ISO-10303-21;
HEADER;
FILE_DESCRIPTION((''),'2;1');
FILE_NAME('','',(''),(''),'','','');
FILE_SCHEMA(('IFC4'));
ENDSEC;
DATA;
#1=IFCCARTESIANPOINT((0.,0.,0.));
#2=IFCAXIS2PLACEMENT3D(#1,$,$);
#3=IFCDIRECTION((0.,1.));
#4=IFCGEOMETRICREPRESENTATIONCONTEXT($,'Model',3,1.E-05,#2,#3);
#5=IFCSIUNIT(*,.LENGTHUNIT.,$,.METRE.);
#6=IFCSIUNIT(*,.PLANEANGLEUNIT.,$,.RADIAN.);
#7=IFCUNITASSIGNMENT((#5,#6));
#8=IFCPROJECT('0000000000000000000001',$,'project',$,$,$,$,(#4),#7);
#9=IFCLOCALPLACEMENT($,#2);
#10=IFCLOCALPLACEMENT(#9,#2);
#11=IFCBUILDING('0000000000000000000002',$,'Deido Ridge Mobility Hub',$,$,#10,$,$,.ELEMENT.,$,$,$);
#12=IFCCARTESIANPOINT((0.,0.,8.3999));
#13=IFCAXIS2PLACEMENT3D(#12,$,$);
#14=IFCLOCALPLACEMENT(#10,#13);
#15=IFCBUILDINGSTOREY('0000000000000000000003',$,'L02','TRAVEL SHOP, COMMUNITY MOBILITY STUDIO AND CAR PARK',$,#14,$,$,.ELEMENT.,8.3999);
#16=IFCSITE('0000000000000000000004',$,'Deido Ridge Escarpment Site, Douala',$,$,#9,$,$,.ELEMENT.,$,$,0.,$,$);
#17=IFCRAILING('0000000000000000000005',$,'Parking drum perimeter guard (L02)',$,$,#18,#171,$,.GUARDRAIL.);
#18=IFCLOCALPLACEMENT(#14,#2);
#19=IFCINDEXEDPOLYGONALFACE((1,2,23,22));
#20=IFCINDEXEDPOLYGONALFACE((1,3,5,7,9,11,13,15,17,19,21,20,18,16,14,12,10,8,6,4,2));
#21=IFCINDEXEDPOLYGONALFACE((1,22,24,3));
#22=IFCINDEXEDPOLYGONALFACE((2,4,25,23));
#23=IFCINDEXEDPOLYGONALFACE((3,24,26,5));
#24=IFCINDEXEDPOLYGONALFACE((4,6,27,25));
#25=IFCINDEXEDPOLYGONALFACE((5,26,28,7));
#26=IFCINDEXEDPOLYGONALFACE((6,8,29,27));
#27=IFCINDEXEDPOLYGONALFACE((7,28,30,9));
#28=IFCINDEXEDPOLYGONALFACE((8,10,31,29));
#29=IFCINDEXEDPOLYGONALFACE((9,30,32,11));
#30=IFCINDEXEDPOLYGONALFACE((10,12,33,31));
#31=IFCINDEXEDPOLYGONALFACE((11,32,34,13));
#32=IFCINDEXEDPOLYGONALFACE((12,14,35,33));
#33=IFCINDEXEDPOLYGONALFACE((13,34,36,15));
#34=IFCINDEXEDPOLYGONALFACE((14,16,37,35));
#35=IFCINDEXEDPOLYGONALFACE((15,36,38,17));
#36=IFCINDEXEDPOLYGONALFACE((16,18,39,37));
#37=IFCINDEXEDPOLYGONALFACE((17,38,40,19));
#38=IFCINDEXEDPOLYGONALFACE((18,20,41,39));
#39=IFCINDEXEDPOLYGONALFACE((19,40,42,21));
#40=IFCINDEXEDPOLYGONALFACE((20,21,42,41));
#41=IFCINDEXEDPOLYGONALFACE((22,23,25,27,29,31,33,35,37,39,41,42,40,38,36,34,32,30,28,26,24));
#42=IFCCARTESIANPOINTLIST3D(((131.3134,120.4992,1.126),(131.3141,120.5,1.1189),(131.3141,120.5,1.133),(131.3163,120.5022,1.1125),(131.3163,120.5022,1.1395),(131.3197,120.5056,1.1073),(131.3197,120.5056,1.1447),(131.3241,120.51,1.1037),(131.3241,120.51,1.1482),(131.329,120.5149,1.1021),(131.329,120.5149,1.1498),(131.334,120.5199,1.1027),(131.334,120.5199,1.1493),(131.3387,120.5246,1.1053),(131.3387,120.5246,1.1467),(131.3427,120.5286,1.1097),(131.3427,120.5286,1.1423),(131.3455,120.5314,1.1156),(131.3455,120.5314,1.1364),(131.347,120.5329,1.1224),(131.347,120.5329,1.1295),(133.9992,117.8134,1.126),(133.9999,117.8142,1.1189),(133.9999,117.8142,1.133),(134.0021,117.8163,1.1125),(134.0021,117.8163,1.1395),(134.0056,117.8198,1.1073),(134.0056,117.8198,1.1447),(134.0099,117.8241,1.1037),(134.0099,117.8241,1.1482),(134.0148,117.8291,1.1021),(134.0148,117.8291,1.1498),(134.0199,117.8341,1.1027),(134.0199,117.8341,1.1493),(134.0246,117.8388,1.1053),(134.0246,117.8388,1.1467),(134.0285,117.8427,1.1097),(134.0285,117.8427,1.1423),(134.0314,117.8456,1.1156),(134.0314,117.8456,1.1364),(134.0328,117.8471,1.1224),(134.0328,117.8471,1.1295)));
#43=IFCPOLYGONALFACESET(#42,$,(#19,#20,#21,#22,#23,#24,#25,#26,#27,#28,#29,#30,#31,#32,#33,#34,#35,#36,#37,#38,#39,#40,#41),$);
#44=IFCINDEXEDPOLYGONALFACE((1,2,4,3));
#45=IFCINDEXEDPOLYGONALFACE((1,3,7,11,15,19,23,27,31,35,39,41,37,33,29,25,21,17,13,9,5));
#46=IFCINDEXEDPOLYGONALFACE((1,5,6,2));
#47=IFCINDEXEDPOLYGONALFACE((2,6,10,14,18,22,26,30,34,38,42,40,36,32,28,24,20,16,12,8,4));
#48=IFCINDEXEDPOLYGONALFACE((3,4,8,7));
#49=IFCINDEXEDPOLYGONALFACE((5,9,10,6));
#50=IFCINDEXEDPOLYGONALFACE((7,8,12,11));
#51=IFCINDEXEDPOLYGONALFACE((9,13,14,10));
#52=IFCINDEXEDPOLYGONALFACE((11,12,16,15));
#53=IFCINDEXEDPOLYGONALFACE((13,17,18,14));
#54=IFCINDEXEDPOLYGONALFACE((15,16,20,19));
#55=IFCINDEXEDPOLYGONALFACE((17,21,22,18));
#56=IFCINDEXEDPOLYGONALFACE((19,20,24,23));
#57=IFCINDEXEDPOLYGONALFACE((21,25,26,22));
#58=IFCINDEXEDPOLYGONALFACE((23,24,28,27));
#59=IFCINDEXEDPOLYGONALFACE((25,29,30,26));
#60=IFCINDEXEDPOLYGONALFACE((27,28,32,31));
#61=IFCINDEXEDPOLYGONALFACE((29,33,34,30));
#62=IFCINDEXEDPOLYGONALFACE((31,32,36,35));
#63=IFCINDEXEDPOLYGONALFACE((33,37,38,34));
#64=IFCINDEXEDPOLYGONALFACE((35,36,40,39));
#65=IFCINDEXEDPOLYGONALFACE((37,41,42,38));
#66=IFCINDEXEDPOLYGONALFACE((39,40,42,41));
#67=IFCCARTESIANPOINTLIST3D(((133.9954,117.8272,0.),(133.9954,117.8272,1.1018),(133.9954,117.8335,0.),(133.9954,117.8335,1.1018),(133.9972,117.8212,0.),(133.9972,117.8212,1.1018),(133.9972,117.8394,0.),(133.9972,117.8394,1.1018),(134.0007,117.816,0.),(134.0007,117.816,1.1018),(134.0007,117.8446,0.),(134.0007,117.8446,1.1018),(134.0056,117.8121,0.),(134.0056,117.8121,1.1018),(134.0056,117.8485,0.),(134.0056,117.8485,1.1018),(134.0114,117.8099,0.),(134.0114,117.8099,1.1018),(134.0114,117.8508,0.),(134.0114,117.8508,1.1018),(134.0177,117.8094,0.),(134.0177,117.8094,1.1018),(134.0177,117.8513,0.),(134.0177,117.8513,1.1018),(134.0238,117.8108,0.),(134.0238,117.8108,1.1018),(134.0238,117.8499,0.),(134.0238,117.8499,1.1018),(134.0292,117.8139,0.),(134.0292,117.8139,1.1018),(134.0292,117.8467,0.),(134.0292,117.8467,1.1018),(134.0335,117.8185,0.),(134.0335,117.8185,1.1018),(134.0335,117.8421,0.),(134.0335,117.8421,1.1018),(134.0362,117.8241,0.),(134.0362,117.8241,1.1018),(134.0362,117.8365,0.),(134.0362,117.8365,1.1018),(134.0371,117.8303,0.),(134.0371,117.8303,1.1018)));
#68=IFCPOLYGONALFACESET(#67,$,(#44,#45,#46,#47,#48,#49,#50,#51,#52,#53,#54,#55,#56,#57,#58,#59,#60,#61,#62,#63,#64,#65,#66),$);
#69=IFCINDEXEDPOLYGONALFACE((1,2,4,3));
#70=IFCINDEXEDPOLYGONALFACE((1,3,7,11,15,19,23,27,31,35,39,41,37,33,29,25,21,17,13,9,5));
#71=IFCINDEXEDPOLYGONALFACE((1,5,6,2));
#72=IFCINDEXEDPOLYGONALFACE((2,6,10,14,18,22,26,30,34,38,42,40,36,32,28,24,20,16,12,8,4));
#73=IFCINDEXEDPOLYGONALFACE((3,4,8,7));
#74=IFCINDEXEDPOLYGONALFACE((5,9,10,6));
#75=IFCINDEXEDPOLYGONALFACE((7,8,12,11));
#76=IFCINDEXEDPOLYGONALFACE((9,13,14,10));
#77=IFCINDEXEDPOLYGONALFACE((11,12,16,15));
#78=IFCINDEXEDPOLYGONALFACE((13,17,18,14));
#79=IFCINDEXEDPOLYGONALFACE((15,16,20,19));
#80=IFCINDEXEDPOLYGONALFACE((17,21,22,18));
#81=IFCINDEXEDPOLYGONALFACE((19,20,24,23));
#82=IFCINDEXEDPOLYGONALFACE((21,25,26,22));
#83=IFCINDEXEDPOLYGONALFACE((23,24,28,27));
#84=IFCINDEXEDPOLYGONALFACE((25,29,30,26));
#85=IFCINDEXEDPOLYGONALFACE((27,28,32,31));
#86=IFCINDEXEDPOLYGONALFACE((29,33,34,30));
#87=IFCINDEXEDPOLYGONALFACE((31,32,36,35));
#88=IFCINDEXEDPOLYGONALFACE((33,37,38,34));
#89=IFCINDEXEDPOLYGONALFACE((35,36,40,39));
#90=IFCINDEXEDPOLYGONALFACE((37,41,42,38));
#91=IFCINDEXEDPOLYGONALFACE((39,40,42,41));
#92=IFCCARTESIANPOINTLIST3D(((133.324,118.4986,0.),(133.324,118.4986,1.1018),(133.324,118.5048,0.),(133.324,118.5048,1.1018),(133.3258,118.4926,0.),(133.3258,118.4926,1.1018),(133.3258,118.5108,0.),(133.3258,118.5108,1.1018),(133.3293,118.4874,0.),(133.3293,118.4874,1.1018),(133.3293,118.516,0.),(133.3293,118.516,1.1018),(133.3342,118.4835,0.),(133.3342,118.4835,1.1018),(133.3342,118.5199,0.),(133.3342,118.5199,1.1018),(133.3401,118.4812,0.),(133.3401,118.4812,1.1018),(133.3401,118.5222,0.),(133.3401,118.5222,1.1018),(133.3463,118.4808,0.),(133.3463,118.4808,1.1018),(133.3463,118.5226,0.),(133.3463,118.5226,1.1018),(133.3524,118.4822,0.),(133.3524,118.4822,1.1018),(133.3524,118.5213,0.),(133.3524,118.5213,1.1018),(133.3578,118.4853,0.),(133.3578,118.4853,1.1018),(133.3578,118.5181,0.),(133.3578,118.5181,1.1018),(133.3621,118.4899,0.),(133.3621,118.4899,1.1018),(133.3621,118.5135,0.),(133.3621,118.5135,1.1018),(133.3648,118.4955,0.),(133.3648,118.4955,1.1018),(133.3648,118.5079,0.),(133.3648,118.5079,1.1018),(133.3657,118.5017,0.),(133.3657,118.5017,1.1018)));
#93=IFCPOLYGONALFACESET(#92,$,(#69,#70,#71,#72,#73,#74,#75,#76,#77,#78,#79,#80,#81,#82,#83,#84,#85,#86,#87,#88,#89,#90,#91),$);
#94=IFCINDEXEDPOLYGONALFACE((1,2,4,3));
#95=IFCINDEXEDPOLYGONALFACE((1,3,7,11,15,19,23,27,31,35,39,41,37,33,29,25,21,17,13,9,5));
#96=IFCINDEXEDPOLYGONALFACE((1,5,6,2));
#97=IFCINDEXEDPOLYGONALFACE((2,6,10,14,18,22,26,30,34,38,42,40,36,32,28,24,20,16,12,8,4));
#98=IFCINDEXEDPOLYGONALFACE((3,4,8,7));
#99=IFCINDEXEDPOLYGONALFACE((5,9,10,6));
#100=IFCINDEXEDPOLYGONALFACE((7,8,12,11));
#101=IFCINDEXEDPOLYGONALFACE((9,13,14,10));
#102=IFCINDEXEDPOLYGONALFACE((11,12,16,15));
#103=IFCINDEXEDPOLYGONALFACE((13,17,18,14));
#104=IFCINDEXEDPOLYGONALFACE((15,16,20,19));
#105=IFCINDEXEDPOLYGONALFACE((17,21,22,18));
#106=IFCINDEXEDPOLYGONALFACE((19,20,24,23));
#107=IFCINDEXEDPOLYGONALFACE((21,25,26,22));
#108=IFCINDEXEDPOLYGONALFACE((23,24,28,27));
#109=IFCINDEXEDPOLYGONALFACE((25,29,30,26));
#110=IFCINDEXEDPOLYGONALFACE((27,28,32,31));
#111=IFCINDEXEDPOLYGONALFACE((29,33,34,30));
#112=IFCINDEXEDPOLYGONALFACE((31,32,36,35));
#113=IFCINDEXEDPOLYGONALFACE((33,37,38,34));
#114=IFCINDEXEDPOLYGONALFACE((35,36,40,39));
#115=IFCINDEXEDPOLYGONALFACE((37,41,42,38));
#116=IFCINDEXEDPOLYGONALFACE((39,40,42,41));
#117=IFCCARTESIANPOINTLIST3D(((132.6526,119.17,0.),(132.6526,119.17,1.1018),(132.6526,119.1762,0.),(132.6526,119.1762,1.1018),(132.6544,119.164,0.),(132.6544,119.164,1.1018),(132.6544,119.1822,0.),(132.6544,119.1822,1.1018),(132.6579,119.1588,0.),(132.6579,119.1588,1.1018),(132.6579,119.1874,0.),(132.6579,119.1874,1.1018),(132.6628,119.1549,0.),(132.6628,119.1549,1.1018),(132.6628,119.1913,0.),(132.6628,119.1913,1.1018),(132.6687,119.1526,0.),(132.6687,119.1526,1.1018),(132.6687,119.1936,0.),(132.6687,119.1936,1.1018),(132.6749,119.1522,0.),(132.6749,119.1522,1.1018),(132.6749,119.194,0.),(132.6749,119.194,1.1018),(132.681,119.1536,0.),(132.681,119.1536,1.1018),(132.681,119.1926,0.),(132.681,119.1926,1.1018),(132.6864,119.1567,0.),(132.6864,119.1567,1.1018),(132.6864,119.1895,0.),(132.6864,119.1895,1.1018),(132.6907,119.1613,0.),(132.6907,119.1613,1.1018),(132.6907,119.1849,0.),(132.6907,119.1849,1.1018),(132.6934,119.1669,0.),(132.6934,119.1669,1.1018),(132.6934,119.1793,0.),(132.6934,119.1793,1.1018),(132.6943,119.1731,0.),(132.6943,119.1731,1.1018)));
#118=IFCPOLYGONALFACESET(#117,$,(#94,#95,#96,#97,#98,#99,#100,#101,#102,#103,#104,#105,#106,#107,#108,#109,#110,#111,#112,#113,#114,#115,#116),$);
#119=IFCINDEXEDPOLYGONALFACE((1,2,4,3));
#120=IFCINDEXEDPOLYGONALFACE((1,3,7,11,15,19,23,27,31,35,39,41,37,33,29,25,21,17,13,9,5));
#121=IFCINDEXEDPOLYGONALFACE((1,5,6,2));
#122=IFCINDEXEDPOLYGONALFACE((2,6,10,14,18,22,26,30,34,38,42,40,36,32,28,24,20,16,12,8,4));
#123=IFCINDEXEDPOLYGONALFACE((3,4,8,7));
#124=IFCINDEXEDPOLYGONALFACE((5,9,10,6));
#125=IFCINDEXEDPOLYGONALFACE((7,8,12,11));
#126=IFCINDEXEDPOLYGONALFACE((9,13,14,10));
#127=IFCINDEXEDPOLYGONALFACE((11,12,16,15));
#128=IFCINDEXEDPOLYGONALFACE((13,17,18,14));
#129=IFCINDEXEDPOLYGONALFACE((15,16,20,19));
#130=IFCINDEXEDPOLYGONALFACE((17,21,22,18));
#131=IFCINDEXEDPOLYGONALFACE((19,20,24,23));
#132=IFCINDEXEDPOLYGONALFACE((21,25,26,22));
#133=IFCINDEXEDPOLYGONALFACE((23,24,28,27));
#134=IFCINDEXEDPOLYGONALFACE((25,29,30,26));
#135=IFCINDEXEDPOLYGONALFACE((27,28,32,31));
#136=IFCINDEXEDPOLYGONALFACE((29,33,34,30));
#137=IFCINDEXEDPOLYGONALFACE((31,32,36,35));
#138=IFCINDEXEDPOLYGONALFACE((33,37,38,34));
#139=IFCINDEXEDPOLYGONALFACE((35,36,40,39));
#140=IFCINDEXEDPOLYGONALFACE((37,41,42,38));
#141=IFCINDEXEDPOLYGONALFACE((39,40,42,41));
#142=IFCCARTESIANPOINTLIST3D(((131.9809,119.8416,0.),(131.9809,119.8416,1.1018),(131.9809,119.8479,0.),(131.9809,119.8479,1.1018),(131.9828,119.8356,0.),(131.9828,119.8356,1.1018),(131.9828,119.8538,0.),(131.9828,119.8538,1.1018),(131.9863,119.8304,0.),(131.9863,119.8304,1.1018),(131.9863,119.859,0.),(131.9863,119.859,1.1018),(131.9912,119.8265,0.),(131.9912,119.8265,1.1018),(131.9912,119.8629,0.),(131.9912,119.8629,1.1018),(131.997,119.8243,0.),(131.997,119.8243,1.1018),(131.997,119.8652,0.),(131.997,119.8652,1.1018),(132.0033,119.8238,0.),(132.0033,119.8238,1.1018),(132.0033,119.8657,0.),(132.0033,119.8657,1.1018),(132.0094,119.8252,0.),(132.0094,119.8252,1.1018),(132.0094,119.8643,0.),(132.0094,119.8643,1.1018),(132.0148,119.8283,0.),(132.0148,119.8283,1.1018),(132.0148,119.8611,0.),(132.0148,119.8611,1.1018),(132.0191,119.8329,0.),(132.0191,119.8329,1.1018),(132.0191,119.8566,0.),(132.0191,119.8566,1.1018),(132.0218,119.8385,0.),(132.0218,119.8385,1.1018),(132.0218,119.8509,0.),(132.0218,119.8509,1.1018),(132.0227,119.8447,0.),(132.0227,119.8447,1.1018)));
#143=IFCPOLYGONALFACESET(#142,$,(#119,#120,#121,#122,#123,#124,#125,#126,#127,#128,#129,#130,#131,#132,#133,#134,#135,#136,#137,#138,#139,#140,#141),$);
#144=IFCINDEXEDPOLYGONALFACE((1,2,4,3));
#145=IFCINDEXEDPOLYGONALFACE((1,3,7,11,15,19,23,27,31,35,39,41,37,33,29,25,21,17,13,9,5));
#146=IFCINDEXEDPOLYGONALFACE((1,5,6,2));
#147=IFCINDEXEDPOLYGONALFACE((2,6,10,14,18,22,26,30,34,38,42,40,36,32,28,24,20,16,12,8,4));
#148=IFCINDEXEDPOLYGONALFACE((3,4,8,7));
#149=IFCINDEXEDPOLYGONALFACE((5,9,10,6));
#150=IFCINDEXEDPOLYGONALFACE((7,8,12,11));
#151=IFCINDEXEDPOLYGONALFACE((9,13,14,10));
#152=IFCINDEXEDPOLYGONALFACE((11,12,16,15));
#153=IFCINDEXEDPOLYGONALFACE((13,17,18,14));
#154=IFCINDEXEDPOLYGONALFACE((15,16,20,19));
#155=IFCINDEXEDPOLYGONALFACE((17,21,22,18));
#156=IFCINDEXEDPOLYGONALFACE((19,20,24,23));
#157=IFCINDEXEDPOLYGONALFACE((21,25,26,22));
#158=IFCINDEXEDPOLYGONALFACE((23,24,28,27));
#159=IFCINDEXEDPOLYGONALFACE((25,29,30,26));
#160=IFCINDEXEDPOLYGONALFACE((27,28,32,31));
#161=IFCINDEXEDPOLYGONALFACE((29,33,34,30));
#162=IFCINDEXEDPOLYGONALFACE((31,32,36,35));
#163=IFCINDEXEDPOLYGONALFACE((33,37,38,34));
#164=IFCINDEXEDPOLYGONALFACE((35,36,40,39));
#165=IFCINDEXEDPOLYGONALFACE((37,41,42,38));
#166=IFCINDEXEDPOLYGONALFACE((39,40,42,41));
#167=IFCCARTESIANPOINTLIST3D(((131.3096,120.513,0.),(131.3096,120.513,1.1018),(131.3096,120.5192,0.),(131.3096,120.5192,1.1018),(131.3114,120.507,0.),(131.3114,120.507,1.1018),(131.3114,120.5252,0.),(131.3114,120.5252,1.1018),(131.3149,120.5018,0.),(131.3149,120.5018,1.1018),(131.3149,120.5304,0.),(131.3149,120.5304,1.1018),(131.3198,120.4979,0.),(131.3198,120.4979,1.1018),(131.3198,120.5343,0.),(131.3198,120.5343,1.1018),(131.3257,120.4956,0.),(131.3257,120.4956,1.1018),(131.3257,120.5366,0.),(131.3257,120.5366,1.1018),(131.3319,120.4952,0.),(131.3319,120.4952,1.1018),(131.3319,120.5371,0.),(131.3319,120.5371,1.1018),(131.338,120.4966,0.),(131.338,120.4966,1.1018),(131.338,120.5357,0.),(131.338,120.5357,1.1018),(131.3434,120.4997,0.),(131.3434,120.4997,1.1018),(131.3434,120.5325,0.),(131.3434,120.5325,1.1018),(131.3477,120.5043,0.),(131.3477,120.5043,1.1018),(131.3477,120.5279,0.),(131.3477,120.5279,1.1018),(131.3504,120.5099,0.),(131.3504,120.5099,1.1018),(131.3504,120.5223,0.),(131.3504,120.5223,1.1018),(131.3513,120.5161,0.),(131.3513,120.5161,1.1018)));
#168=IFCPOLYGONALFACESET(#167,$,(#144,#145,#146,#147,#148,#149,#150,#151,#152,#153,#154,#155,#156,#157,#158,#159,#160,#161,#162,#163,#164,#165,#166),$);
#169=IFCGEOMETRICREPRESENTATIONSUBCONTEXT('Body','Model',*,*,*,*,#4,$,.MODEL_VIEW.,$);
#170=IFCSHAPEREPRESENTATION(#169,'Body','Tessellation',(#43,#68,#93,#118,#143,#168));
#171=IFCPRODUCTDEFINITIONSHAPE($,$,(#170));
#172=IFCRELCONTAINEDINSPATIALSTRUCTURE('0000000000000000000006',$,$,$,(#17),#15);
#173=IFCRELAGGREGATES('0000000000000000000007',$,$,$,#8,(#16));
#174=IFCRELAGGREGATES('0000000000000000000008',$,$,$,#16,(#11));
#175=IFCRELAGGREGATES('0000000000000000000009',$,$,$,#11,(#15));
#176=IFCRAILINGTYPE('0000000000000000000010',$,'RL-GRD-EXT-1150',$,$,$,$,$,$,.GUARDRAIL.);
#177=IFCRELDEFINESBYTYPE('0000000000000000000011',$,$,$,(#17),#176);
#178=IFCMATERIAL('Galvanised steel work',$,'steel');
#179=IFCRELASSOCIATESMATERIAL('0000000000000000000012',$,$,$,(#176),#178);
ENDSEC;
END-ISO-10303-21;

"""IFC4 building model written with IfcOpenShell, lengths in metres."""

from ifc_helpers import new_model, si_unit, direction, frame, origin, origin_2d, place, context, subcontext, project, spatial, circle, extrude, material, type_object, element, save


model = new_model("IFC4")

# Units and contexts
model_context = context("Model", 3, precision=1e-05, world=origin(), true_north=direction((0.0, 1.0)))
body_context = subcontext(model_context, "Body", "Model", "MODEL_VIEW")
ifc_project = project(units=[si_unit("LENGTHUNIT", "METRE"), si_unit("PLANEANGLEUNIT", "RADIAN")], contexts=[model_context])

# Site, building, storey
site_placement = place(None, origin())
site = spatial("IfcSite", under=ifc_project, at=site_placement, Name="Deido Ridge Escarpment Site, Douala", CompositionType="ELEMENT", RefElevation=0.0)
building_placement = place(site_placement, origin())
building = spatial("IfcBuilding", under=site, at=building_placement, Name="Deido Ridge Mobility Hub", CompositionType="ELEMENT")
storey_placement = place(building_placement, frame((0.0, 0.0, 8.3999)))
storey = spatial("IfcBuildingStorey", under=building, at=storey_placement, Name="L02", Description="TRAVEL SHOP, COMMUNITY MOBILITY STUDIO AND CAR PARK", CompositionType="ELEMENT", Elevation=8.3999)

# Railing
ifc_material_1 = material(Name="Galvanised steel work", Category="steel")
railing_type = type_object("IfcRailingType", Name="RL-GRD-EXT-1150", PredefinedType="GUARDRAIL", material=ifc_material_1)
railing_1_placement = place(storey_placement, frame((134.0161, 117.8303, 0.0)))
element("IfcRailing", 1, at=railing_1_placement, inside=storey, type_object=railing_type, Name="Parking drum perimeter guard (L02)", PredefinedType="GUARDRAIL", context=body_context, shape_type="SweptSolid", body=[
    extrude(circle(Radius=0.0239, at=origin_2d()), frame((0.0, 0.0, 1.126), z_axis=(-0.707107, 0.707107, 0.0), x_axis=(-0.707107, -0.707107, 0.0)), (0.0, 0.0, 1.0), 3.7983),
    extrude(circle(Radius=0.021, at=origin_2d()), origin(), (0.0, 0.0, 1.0), 1.1018),
    extrude(circle(Radius=0.021, at=origin_2d()), frame((-0.6714, 0.6714, 0.0)), (0.0, 0.0, 1.0), 1.1018),
    extrude(circle(Radius=0.021, at=origin_2d()), frame((-1.3428, 1.3428, 0.0)), (0.0, 0.0, 1.0), 1.1018),
    extrude(circle(Radius=0.021, at=origin_2d()), frame((-2.0144, 2.0144, 0.0)), (0.0, 0.0, 1.0), 1.1018),
    extrude(circle(Radius=0.021, at=origin_2d()), frame((-2.6858, 2.6858, 0.0)), (0.0, 0.0, 1.0), 1.1018),
])

save(model, "model.ifc")
